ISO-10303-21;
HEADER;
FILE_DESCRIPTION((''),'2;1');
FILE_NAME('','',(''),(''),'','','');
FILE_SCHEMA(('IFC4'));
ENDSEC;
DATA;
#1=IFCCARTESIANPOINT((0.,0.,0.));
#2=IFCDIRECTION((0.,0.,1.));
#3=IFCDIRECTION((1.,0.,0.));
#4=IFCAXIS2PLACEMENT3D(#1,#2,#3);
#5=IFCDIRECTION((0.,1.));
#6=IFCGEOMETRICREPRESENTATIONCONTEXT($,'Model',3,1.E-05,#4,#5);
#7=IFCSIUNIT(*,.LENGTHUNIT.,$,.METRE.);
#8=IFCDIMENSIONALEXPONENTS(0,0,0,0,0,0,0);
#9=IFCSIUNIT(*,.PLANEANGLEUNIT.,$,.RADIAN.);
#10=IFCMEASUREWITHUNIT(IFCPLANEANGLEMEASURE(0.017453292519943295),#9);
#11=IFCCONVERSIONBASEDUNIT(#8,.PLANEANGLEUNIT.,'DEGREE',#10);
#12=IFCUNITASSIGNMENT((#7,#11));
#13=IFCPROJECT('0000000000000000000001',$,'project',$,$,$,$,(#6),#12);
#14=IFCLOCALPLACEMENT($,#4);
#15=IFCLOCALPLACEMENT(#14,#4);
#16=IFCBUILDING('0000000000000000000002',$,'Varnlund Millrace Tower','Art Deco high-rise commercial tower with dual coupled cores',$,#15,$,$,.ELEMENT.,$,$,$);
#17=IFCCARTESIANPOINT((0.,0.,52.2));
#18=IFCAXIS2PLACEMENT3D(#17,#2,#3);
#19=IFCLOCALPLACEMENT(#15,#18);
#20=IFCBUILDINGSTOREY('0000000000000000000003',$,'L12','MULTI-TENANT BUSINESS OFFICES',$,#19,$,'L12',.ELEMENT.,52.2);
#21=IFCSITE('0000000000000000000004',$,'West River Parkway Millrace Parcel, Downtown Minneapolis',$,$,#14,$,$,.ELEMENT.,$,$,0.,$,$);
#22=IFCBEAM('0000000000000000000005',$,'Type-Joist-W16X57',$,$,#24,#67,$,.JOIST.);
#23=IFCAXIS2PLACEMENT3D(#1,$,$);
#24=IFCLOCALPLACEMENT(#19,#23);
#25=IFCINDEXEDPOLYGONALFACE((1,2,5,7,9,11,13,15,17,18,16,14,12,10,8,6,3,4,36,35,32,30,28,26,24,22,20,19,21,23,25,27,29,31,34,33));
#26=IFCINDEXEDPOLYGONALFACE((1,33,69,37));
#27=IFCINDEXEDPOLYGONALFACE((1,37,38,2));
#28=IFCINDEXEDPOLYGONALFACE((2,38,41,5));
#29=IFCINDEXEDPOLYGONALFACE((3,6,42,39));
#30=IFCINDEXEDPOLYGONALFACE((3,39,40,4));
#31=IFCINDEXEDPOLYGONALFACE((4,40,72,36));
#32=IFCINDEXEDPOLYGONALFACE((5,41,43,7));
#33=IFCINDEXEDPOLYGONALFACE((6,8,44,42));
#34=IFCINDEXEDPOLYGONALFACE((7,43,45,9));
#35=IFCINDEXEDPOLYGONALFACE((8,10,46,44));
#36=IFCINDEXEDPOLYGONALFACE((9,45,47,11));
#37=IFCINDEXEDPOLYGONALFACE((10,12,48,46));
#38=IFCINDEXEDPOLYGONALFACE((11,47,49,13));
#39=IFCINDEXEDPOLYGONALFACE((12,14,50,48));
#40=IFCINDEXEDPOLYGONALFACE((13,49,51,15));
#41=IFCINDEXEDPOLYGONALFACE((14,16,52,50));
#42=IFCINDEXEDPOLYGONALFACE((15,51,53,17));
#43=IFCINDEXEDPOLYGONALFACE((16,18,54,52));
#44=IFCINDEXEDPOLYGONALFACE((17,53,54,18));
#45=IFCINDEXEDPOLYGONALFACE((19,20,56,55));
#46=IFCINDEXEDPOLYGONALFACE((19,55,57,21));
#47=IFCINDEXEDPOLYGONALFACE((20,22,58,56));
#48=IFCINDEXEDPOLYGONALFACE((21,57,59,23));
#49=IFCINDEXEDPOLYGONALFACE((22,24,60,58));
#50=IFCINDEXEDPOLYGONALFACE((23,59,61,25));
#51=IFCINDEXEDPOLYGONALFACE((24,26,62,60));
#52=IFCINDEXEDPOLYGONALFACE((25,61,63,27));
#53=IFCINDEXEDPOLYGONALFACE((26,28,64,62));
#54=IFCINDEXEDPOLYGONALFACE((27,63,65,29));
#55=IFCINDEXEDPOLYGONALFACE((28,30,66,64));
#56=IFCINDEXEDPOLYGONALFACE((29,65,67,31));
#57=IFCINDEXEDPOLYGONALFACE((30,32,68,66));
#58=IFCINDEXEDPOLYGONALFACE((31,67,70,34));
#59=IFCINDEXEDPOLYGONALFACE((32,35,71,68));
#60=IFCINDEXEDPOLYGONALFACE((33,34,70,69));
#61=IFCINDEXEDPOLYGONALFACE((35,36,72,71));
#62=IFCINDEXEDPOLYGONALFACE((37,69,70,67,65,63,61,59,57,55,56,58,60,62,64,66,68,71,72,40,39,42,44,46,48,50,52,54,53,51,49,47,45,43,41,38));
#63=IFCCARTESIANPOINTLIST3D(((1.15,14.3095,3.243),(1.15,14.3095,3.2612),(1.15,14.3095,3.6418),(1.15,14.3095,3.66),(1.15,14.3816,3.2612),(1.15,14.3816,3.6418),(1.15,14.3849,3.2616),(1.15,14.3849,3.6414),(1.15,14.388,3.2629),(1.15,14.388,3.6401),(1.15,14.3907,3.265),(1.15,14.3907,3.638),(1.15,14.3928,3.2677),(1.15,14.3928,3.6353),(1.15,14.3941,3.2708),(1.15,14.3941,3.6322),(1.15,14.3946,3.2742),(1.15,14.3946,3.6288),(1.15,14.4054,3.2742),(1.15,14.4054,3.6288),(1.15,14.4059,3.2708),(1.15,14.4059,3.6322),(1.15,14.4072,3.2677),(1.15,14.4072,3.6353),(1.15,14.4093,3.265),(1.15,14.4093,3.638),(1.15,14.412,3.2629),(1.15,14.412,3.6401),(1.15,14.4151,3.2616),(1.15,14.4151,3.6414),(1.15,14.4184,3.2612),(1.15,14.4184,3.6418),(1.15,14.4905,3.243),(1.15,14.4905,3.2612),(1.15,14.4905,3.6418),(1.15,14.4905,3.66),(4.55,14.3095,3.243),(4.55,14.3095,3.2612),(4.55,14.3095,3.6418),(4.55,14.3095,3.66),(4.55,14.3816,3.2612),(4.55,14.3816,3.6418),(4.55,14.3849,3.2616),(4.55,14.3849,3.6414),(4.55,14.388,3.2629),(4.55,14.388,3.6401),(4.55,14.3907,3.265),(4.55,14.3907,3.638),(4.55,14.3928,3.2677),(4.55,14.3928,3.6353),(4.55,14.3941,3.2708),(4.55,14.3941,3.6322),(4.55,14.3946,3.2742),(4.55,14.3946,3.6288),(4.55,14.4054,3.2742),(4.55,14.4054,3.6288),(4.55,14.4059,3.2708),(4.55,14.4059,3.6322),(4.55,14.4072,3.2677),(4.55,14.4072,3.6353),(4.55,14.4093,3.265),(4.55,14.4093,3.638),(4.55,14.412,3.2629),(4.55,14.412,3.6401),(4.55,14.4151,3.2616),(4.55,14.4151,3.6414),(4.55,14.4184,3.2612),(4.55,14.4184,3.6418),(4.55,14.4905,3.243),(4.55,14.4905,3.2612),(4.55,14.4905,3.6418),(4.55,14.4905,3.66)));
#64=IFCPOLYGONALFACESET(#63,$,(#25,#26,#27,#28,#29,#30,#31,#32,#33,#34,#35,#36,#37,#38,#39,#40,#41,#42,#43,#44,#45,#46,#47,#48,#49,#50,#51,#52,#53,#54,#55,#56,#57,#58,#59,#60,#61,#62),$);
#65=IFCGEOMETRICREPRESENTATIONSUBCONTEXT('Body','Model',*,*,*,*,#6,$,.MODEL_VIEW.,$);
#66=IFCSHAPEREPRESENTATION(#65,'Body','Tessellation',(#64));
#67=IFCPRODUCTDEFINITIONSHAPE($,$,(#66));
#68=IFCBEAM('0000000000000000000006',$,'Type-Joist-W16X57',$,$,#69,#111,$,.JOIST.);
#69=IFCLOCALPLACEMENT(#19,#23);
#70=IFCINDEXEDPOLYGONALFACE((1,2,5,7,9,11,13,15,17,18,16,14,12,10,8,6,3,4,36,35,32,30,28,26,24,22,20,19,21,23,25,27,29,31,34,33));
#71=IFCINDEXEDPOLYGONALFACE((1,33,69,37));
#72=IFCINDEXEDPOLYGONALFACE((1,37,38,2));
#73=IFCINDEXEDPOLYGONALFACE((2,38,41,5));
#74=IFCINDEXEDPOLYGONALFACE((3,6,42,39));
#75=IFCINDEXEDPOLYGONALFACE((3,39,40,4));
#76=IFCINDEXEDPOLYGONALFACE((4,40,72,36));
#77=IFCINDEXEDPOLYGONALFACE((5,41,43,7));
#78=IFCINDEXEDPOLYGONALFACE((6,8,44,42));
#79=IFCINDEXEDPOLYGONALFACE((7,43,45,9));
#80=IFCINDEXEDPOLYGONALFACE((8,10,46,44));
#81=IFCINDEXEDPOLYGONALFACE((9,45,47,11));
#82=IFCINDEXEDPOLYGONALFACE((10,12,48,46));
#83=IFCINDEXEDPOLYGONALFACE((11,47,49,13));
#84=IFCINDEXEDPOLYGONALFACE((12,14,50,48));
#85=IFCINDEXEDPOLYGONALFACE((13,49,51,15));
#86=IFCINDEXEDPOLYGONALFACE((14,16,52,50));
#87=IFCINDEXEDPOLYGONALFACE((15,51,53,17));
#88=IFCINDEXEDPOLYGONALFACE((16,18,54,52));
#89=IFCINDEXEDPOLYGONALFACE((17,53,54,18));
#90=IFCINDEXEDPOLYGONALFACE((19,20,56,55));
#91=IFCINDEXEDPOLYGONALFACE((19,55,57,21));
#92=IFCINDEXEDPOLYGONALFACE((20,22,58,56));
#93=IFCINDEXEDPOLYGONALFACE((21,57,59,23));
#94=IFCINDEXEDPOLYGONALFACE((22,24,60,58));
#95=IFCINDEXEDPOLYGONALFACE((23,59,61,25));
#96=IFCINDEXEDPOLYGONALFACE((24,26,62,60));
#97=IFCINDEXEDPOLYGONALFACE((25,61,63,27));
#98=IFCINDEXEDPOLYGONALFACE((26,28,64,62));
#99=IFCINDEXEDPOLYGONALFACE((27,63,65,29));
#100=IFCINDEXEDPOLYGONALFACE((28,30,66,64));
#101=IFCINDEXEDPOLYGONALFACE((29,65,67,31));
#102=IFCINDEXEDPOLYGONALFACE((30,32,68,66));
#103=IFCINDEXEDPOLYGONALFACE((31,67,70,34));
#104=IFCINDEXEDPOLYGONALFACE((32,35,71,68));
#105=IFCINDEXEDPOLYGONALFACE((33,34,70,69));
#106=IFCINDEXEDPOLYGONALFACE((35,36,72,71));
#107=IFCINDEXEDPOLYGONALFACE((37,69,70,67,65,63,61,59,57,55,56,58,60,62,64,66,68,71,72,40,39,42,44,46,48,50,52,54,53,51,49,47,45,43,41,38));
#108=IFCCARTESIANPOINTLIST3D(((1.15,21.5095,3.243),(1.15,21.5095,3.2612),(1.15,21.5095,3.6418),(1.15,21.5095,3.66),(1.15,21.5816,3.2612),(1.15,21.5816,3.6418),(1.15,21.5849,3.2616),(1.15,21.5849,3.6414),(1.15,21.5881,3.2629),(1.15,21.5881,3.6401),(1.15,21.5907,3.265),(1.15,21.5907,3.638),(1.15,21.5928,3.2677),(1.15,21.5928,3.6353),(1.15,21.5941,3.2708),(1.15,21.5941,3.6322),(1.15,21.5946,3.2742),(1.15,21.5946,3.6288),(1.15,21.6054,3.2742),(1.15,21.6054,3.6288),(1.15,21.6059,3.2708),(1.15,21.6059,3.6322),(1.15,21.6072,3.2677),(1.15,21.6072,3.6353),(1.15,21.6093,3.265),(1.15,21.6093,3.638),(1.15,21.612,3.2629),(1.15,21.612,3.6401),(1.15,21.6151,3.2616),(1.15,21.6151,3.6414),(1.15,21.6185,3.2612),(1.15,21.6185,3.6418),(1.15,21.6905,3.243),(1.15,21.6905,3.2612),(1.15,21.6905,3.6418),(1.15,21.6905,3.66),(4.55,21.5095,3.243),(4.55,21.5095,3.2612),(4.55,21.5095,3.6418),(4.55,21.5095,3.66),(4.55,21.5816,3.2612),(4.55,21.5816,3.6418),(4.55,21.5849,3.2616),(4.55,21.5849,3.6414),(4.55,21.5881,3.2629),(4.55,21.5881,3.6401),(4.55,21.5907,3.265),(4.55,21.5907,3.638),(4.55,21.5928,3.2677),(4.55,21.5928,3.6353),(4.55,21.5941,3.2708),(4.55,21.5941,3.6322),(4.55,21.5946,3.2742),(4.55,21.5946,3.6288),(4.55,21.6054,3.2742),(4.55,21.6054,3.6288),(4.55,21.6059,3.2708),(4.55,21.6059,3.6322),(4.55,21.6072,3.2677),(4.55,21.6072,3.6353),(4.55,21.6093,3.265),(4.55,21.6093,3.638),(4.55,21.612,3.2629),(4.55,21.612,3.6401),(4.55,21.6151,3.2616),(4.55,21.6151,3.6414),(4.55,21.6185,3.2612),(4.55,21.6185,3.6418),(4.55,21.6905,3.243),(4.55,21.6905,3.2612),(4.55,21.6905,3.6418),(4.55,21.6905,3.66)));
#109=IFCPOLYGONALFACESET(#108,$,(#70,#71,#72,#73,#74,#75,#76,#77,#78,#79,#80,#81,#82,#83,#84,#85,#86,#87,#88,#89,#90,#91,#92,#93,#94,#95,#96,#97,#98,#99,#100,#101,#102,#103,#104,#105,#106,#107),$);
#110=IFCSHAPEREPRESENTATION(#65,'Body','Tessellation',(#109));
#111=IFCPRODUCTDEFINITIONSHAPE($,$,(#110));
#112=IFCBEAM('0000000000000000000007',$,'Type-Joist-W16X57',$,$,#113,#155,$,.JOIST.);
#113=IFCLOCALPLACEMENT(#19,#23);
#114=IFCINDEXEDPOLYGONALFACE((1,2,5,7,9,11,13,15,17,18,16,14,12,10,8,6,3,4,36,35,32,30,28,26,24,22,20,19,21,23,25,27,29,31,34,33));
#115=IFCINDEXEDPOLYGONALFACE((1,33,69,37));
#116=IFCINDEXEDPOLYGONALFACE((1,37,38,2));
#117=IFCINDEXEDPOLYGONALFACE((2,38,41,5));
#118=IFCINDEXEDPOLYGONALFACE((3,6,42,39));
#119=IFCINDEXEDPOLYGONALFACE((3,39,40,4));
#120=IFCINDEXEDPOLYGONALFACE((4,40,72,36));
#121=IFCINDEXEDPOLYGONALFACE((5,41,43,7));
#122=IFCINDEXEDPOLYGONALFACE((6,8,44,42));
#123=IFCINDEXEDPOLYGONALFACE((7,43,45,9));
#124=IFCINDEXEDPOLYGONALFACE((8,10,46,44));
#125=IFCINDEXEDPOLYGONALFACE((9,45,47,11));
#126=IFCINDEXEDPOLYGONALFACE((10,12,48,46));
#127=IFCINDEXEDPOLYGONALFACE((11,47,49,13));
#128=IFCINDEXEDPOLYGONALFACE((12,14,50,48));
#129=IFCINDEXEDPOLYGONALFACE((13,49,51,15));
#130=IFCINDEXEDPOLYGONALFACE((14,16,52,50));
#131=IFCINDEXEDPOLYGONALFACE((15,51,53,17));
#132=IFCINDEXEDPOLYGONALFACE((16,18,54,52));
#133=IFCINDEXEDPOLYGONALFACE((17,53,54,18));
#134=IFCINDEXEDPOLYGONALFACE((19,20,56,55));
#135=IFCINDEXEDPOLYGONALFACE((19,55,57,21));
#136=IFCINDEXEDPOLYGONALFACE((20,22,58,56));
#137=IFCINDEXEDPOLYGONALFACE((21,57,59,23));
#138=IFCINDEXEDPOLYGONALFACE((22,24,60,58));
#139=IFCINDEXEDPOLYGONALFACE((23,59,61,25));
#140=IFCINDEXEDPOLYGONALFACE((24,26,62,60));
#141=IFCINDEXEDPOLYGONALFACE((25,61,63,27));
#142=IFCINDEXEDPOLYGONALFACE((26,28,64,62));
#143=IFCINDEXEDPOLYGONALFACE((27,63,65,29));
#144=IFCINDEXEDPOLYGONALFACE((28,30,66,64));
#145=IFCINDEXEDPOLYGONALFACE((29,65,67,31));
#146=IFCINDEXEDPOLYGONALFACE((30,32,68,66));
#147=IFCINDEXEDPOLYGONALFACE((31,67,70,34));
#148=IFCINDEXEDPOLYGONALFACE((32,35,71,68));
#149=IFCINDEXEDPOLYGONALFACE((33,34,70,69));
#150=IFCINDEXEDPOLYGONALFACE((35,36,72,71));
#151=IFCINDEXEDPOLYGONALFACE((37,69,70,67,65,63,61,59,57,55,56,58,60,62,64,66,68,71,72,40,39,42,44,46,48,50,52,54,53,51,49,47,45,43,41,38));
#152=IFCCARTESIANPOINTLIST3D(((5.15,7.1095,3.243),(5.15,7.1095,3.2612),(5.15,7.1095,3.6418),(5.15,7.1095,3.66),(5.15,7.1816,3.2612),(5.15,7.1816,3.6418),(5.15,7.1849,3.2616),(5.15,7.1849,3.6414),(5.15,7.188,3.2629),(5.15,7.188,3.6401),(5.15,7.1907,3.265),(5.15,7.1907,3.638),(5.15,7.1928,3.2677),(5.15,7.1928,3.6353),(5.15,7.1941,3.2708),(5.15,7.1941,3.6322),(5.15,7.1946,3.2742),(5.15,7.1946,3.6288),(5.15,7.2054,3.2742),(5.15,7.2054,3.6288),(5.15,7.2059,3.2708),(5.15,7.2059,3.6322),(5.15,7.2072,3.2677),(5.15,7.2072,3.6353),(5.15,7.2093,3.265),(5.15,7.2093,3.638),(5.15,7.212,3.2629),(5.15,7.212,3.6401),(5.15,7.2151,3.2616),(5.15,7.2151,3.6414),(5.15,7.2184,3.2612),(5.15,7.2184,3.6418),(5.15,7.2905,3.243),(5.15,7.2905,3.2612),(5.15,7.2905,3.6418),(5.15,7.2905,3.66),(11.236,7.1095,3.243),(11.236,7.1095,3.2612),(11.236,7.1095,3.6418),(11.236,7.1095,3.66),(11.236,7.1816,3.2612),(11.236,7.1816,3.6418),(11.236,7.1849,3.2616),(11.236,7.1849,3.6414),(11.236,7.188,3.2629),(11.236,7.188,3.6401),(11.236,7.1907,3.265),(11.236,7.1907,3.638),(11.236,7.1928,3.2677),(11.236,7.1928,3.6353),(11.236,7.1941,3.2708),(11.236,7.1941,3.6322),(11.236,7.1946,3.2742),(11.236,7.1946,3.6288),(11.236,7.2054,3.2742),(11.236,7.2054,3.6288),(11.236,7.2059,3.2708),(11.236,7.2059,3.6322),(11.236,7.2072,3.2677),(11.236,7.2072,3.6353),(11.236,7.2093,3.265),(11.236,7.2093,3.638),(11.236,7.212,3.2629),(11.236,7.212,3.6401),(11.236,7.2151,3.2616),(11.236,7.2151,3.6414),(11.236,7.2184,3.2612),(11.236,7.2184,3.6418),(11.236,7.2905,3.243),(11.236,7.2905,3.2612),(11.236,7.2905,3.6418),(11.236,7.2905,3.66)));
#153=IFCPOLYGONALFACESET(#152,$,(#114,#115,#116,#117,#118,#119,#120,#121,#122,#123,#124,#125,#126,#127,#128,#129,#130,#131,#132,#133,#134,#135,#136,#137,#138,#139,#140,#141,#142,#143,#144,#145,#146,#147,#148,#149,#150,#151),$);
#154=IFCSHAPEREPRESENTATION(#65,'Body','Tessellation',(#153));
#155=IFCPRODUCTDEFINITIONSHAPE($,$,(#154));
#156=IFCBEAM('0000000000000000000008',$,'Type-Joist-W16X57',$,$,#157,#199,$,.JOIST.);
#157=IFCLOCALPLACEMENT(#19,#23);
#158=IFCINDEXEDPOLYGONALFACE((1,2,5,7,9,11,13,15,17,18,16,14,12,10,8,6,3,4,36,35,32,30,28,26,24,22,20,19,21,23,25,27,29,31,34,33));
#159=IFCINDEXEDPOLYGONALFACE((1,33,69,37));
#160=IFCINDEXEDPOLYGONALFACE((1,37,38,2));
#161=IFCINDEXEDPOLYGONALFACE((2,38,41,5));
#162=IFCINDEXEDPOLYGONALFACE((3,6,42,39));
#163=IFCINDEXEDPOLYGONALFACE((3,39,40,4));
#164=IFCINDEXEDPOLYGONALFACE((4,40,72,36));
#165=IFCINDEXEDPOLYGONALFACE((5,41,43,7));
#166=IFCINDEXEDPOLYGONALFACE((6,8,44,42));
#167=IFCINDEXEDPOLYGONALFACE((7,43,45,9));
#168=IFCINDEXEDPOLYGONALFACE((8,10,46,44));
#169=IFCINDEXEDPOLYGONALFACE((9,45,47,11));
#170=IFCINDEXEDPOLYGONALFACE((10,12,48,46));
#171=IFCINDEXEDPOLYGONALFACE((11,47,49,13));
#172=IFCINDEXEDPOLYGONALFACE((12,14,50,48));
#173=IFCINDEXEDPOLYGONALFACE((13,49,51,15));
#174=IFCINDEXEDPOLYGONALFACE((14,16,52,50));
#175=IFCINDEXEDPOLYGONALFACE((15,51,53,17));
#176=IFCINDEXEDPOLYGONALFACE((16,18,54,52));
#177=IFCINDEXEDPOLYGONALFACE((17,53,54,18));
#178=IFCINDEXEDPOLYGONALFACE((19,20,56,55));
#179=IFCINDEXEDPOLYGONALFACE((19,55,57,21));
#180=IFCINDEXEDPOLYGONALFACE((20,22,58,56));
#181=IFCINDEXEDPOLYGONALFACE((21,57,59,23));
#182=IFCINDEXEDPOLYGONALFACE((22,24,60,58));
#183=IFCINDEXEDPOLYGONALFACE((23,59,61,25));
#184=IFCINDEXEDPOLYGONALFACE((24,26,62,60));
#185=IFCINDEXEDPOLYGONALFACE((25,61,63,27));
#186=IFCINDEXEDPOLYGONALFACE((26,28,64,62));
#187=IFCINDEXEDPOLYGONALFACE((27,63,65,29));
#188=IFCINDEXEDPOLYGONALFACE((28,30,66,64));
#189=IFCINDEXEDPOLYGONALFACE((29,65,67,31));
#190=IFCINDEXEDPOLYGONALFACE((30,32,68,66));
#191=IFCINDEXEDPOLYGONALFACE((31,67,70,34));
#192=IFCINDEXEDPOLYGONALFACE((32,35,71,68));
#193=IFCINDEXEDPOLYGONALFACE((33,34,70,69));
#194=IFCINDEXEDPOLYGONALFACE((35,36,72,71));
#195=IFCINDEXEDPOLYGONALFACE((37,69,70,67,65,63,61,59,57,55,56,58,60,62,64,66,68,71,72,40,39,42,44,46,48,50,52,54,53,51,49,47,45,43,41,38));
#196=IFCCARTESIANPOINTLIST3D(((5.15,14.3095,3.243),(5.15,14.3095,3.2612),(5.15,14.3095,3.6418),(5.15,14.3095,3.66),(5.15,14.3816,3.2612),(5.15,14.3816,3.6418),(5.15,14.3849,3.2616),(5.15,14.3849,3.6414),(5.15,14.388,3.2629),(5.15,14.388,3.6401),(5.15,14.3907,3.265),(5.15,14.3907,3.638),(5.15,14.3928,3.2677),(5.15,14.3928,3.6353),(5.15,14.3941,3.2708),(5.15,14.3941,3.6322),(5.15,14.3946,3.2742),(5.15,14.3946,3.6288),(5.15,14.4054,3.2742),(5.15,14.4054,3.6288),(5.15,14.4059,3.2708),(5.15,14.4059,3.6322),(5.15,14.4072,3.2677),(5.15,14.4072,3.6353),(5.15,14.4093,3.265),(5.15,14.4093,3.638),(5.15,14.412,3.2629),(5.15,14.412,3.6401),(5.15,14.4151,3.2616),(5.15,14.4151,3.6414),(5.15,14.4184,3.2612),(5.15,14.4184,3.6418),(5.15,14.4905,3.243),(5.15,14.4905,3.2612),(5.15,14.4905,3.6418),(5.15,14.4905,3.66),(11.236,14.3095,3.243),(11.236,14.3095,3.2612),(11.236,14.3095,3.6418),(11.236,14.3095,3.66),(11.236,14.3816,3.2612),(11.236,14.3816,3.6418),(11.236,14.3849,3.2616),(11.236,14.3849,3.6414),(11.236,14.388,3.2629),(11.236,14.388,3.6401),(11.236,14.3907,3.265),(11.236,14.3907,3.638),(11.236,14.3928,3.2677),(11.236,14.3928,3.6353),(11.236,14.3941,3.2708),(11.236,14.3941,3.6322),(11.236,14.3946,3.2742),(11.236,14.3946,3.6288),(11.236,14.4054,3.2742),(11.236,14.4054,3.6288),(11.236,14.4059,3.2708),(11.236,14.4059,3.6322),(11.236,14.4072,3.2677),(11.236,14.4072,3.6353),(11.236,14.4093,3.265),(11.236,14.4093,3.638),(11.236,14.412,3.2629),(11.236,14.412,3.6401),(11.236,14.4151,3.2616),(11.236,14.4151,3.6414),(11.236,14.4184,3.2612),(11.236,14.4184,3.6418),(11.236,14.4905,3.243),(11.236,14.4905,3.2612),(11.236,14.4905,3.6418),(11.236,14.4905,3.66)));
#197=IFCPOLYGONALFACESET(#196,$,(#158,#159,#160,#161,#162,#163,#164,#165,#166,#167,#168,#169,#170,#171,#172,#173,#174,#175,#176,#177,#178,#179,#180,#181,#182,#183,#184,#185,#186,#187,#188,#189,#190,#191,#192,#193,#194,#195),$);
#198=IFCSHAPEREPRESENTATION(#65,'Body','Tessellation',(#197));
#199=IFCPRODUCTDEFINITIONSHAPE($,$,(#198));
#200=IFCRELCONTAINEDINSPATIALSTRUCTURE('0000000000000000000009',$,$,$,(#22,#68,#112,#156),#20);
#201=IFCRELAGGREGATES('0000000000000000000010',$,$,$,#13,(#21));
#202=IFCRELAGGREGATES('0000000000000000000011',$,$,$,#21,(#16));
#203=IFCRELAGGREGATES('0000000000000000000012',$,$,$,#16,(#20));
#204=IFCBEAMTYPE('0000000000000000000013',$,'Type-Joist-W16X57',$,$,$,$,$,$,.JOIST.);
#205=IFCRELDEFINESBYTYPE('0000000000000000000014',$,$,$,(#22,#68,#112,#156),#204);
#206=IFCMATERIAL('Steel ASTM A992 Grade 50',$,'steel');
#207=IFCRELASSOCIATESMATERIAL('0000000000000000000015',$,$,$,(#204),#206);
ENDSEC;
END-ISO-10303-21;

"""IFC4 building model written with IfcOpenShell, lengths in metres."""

from ifc_helpers import new_model, entity, si_unit, converted_unit, direction, frame, origin_with_axes, origin_2d_with_axis, place, context, subcontext, project, spatial, i_section, extrude, material, material_profile, profile_set, type_object, element, save


model = new_model("IFC4")

# Units and contexts
model_context = context("Model", 3, precision=1e-05, world=origin_with_axes(), true_north=direction((0.0, 1.0)))
body_context = subcontext(model_context, "Body", "Model", "MODEL_VIEW")
ifc_project = project(units=[si_unit("LENGTHUNIT", "METRE"), converted_unit("PLANEANGLEUNIT", "DEGREE", entity("IfcPlaneAngleMeasure", 0.017453292519943295), si_unit("PLANEANGLEUNIT", "RADIAN"), dimensions=[0, 0, 0, 0, 0, 0, 0])], contexts=[model_context])

# Site, building, storey
site_placement = place(None, origin_with_axes())
site = spatial("IfcSite", under=ifc_project, at=site_placement, Name="West River Parkway Millrace Parcel, Downtown Minneapolis", CompositionType="ELEMENT", RefElevation=0.0)
building_placement = place(site_placement, origin_with_axes())
building = spatial("IfcBuilding", under=site, at=building_placement, Name="Varnlund Millrace Tower", Description="Art Deco high-rise commercial tower with dual coupled cores", CompositionType="ELEMENT")
storey_placement = place(building_placement, frame((0.0, 0.0, 52.2), z_axis=(0.0, 0.0, 1.0), x_axis=(1.0, 0.0, 0.0)))
storey = spatial("IfcBuildingStorey", under=building, at=storey_placement, Name="L12", Description="MULTI-TENANT BUSINESS OFFICES", LongName="L12", CompositionType="ELEMENT", Elevation=52.2)

# Beams
ifc_material_1 = material(Name="Steel ASTM A992 Grade 50", Category="steel")
ifc_material_profile_1 = material_profile(ifc_material_1, i_section(OverallWidth=0.181, OverallDepth=0.417, WebThickness=0.0109, FlangeThickness=0.0182, FilletRadius=0.013, at=origin_2d_with_axis()), Name="Steel ASTM A992 Grade 50")
ifc_profile_set_1 = profile_set([ifc_material_profile_1], Name="Steel ASTM A992 Grade 50")
beam_type_1 = type_object("IfcBeamType", Name="Type-Joist-W16X57", PredefinedType="JOIST", material=ifc_profile_set_1)
for number, where, z_axis, x_axis, name in (
    (1, (1.15, 14.4, 3.4515), (1.0, 0.0, 0.0), (0.0, 1.0, 0.0), "Type-Joist-W16X57"),
    (2, (1.15, 21.6, 3.4515), (1.0, 0.0, 0.0), (0.0, 1.0, 0.0), "Type-Joist-W16X57"),
):
    element("IfcBeam", number, at=place(storey_placement, frame(where, z_axis=z_axis, x_axis=x_axis)), inside=storey, type_object=beam_type_1, Name=name, PredefinedType="JOIST", context=body_context, shape_type="SweptSolid", body=[
        extrude(i_section(OverallWidth=0.181, OverallDepth=0.417, WebThickness=0.0109, FlangeThickness=0.0182, FilletRadius=0.013, at=origin_2d_with_axis()), origin_with_axes(), (0.0, 0.0, 1.0), 3.4),
    ])
for number, where, z_axis, x_axis, name in (
    (3, (5.15, 7.2, 3.4515), (1.0, 0.0, 0.0), (0.0, 1.0, 0.0), "Type-Joist-W16X57"),
    (4, (5.15, 14.4, 3.4515), (1.0, 0.0, 0.0), (0.0, 1.0, 0.0), "Type-Joist-W16X57"),
):
    element("IfcBeam", number, at=place(storey_placement, frame(where, z_axis=z_axis, x_axis=x_axis)), inside=storey, type_object=beam_type_1, Name=name, PredefinedType="JOIST", context=body_context, shape_type="SweptSolid", body=[
        extrude(i_section(OverallWidth=0.181, OverallDepth=0.417, WebThickness=0.0109, FlangeThickness=0.0182, FilletRadius=0.013, at=origin_2d_with_axis()), origin_with_axes(), (0.0, 0.0, 1.0), 6.086),
    ])

save(model, "model.ifc")
